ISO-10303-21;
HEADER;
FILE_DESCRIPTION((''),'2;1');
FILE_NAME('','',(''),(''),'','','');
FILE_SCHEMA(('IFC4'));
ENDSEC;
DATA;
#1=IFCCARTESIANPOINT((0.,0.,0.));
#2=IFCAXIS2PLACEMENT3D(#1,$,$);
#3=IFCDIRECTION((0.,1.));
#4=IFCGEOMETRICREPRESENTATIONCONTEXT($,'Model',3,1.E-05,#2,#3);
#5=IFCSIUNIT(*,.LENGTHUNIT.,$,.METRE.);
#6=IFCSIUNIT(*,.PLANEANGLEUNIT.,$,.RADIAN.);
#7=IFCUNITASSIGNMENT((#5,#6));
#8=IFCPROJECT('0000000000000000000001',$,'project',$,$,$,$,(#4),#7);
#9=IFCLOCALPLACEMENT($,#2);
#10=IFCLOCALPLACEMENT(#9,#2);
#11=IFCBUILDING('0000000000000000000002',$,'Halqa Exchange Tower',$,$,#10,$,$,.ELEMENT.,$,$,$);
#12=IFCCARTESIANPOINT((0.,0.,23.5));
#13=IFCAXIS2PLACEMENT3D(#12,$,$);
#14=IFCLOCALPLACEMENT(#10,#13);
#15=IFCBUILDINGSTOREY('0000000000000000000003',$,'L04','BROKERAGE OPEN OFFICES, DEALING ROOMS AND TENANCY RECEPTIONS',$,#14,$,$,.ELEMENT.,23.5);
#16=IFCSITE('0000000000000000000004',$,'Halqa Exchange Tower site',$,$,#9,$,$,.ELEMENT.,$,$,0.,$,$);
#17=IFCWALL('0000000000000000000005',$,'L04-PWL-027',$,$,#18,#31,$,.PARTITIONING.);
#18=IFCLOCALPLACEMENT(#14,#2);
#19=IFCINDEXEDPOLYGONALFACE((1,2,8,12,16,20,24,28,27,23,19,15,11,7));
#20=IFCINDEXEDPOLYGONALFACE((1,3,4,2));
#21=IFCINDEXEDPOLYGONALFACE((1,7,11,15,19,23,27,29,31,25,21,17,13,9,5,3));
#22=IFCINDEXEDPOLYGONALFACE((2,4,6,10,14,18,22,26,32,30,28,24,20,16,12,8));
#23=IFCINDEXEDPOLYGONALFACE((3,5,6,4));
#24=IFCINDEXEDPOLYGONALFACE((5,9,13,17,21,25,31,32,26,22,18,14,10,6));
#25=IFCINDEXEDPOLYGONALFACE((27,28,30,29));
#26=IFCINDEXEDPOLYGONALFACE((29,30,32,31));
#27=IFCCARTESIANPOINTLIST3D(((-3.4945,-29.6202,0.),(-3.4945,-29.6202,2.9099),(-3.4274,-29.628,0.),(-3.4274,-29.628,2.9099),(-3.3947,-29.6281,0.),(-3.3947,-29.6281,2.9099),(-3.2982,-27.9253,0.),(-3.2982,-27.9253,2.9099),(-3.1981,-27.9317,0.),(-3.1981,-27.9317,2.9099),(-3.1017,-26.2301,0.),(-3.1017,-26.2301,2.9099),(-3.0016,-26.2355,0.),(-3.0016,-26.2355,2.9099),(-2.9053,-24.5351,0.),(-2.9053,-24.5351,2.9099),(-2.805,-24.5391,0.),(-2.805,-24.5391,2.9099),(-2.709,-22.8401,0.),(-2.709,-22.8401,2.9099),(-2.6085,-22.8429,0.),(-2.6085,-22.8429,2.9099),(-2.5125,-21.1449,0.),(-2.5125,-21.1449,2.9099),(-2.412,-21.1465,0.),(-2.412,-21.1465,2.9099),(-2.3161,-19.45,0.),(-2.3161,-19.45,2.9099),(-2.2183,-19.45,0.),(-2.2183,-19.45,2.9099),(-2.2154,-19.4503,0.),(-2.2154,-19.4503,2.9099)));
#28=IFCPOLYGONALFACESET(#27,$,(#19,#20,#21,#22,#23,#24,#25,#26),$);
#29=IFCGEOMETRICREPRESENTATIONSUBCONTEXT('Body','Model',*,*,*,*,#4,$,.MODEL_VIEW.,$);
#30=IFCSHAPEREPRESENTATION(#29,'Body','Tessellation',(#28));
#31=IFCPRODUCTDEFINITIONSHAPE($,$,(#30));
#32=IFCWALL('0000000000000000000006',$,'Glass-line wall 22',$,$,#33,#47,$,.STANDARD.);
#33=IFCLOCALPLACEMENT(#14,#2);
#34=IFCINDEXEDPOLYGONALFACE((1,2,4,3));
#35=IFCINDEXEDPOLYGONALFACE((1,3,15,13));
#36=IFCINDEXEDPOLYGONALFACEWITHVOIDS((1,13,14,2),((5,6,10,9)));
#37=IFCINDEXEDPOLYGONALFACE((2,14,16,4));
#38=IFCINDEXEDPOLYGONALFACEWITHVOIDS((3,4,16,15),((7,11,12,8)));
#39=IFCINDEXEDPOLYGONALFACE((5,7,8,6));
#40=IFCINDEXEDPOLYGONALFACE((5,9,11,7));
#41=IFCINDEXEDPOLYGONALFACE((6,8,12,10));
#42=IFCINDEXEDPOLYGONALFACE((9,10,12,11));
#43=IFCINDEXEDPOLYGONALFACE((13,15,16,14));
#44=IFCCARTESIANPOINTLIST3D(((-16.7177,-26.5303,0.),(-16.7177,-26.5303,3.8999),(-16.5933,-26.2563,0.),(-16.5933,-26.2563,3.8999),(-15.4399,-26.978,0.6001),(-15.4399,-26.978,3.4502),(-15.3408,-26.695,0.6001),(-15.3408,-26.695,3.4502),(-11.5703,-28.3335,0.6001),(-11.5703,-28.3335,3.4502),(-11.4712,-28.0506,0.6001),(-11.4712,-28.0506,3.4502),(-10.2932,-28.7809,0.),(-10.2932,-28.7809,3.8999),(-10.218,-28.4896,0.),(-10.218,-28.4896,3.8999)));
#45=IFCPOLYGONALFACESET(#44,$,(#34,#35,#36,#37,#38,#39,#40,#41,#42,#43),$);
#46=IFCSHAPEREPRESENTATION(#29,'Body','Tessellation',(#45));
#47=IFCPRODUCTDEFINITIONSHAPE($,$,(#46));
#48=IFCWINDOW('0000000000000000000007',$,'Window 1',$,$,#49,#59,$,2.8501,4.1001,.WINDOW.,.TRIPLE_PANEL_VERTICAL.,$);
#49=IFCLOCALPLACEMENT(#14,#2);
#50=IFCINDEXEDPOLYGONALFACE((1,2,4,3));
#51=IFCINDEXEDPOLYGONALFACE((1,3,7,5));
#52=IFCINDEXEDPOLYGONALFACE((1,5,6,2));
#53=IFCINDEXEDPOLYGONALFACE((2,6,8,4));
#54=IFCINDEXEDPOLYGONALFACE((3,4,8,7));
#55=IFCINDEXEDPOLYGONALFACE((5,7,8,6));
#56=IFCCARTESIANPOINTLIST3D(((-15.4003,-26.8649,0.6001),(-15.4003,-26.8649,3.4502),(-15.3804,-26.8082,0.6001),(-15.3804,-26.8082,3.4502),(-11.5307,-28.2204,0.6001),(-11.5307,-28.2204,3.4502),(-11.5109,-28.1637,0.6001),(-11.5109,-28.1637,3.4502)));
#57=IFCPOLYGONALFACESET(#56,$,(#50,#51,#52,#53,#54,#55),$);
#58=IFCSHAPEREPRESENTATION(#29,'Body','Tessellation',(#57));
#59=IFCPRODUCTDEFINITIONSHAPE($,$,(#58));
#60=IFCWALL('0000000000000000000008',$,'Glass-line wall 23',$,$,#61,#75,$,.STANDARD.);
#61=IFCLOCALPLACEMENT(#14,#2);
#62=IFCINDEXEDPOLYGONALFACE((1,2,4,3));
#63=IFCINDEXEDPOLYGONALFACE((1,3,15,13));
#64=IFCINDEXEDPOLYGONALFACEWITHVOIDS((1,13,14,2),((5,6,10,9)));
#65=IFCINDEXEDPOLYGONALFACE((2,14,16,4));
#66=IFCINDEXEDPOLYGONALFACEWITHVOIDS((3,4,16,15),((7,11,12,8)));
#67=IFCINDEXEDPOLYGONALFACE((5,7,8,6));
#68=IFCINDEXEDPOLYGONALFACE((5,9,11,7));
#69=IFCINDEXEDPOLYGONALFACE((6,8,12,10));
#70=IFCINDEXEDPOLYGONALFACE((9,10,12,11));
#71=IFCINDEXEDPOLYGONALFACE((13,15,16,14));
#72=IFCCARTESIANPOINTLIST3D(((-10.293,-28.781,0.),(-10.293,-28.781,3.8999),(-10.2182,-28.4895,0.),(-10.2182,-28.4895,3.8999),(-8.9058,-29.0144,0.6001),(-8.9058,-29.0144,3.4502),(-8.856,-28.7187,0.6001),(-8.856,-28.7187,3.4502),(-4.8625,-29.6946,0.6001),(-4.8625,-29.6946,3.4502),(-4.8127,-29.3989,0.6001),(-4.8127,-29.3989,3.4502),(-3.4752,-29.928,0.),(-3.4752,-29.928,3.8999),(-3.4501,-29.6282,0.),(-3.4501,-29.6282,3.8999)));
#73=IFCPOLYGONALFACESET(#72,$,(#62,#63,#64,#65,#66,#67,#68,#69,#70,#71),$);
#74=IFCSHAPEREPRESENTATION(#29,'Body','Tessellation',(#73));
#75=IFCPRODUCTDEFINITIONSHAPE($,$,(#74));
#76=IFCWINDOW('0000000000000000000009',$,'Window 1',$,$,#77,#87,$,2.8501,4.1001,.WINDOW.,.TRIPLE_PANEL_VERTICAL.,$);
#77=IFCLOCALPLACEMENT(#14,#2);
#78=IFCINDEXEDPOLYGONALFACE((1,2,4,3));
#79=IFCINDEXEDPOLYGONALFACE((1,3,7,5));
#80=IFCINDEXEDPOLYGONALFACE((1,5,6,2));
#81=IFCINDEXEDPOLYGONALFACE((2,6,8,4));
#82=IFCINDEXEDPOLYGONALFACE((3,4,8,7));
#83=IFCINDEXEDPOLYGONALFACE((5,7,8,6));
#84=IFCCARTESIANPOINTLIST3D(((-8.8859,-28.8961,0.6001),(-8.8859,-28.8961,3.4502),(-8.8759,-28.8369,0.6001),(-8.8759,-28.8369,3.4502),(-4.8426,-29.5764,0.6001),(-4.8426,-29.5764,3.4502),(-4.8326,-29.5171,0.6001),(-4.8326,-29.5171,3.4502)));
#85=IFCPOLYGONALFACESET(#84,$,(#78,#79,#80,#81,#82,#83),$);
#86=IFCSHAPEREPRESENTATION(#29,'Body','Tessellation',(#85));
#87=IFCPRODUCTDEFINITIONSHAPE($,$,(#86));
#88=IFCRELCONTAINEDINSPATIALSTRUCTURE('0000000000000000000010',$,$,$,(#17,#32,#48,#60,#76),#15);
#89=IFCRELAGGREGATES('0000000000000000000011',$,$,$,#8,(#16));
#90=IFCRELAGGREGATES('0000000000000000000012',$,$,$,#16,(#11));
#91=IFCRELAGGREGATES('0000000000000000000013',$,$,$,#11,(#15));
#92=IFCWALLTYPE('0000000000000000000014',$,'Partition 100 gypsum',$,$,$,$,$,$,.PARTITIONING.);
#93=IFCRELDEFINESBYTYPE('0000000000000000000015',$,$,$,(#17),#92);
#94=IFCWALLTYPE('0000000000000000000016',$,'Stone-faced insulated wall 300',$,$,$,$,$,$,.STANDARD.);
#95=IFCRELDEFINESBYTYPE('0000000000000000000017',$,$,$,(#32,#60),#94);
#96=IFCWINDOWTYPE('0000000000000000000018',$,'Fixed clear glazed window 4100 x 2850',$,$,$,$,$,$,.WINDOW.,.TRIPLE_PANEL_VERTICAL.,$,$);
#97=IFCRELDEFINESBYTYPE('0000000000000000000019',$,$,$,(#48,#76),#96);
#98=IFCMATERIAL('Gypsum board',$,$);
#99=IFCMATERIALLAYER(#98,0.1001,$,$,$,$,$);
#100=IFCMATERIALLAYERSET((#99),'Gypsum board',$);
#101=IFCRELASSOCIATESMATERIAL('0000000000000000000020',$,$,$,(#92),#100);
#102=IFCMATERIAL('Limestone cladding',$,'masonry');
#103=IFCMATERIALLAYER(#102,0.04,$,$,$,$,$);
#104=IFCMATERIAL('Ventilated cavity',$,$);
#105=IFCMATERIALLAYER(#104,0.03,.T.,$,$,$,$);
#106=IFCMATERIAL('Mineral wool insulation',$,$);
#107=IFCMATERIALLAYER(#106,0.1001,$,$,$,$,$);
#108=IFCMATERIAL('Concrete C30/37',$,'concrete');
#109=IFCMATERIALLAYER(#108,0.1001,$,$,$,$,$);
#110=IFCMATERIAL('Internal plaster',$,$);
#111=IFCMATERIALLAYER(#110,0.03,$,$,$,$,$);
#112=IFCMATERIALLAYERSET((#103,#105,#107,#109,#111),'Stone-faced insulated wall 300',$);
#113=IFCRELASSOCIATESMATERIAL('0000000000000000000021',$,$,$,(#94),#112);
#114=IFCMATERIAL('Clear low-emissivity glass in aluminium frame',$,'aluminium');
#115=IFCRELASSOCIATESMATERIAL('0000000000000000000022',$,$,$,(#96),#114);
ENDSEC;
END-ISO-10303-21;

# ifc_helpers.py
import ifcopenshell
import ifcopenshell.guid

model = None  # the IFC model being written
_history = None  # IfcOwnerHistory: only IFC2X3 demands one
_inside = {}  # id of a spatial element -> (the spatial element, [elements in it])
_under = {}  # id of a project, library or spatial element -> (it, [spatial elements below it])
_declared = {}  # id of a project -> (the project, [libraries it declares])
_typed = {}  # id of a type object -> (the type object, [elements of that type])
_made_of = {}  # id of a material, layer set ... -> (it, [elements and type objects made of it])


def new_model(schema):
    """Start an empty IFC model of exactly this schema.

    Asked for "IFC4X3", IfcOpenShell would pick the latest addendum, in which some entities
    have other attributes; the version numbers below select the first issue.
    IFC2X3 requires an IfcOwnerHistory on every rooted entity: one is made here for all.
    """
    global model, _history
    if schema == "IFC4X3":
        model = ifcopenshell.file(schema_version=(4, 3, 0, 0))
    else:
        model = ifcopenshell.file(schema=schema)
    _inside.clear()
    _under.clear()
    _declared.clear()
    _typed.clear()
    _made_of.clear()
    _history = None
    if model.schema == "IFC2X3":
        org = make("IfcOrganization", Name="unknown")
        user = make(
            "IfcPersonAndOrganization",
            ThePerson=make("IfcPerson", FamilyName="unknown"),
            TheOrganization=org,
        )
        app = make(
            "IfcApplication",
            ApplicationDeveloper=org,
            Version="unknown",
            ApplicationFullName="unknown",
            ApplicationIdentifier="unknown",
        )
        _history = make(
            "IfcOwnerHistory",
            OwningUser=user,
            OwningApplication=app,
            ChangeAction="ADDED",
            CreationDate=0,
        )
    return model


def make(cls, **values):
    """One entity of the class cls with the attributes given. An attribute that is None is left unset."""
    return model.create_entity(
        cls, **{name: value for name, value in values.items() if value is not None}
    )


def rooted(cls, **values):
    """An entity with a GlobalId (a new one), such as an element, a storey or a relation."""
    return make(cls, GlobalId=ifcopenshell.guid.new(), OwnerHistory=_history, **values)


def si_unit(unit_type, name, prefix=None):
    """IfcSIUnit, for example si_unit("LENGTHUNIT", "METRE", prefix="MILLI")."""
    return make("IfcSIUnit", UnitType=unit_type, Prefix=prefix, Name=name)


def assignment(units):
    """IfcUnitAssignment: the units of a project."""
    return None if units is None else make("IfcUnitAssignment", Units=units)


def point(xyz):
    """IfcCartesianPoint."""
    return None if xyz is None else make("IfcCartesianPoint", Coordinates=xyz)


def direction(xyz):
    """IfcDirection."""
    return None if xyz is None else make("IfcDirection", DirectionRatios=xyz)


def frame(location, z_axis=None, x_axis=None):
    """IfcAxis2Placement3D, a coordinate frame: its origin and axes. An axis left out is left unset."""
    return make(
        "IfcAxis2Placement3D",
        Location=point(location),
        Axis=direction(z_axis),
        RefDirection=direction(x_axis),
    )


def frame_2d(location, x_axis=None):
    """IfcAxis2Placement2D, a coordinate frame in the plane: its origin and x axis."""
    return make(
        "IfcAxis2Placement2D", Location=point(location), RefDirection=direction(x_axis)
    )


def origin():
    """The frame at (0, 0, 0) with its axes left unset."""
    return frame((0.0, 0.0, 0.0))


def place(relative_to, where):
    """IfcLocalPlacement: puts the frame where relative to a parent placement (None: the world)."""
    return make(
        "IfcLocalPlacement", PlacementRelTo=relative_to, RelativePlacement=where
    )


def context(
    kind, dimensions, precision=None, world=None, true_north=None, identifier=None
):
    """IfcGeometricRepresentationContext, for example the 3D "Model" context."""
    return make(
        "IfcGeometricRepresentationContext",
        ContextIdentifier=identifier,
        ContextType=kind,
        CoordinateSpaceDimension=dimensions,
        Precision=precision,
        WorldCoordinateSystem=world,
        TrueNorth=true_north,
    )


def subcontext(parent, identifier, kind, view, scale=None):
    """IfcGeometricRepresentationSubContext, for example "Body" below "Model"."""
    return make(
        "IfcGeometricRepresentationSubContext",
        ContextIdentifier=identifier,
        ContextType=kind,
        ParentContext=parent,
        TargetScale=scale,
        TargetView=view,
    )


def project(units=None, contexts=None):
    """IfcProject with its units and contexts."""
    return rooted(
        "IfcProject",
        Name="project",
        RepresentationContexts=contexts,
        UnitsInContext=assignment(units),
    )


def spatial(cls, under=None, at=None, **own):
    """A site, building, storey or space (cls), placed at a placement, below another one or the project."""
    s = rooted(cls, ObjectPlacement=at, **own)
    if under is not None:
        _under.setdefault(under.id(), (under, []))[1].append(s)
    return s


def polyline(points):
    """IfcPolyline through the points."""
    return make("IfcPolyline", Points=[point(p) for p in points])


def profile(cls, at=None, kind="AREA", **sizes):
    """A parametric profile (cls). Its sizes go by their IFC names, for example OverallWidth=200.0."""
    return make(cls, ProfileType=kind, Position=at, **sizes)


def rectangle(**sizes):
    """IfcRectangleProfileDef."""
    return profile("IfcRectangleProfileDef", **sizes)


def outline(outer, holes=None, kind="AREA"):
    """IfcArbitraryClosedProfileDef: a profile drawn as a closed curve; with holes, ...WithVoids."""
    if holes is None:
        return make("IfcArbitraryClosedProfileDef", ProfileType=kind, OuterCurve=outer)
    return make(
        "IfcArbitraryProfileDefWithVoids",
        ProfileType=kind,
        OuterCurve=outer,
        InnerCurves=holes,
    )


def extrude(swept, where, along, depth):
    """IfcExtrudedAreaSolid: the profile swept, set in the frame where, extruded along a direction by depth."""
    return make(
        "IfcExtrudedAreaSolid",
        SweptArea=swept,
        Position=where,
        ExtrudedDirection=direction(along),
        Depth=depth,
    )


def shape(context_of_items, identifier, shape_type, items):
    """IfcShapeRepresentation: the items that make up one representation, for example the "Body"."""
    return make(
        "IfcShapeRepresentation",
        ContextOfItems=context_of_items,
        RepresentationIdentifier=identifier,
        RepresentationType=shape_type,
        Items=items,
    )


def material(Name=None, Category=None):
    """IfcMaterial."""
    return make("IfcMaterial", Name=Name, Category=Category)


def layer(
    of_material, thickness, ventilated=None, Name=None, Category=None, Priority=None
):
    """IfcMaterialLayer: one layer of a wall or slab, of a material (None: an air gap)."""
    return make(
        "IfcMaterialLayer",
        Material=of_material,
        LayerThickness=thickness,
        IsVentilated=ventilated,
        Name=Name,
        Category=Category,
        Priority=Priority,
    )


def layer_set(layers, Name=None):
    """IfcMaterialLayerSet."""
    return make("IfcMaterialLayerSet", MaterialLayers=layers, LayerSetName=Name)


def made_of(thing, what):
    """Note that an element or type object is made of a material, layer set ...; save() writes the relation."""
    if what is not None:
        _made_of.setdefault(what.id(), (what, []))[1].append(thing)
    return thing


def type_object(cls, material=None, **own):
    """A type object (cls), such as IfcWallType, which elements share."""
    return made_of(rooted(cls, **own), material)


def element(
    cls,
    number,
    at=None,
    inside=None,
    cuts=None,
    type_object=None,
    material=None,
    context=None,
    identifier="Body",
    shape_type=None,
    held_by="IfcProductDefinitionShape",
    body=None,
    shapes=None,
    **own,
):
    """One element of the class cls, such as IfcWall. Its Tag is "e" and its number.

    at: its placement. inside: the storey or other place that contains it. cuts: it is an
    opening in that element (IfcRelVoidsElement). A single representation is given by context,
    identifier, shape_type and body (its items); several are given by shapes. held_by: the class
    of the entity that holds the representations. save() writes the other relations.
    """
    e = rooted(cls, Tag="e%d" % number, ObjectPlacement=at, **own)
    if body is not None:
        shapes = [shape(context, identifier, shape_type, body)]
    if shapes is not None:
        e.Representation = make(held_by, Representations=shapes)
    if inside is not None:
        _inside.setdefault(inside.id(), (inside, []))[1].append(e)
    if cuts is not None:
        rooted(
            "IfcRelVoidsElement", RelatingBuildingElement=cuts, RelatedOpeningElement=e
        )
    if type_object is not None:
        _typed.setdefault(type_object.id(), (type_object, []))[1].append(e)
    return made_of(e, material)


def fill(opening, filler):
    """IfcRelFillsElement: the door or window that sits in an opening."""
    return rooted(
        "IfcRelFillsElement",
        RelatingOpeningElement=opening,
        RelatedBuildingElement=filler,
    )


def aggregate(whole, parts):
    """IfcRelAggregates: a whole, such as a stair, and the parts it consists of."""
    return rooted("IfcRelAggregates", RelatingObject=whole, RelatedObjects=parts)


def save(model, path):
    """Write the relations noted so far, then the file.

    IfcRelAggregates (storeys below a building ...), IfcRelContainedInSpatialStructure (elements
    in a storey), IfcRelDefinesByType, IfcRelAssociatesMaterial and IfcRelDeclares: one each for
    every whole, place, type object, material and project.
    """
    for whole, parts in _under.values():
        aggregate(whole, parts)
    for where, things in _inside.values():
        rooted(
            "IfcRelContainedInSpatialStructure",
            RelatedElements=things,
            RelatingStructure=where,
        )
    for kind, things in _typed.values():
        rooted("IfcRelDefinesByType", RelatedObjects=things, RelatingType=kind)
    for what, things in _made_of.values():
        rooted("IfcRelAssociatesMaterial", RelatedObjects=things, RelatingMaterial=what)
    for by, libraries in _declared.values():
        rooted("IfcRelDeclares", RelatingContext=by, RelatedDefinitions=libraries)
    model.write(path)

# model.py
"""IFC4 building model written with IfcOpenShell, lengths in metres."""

from ifc_helpers import new_model, si_unit, direction, frame, frame_2d, origin, place, context, subcontext, project, spatial, polyline, rectangle, outline, extrude, material, layer, layer_set, type_object, element, fill, save


model = new_model("IFC4")

# Units and contexts
model_context = context("Model", 3, precision=1e-05, world=origin(), true_north=direction((0.0, 1.0)))
body_context = subcontext(model_context, "Body", "Model", "MODEL_VIEW")
ifc_project = project(units=[si_unit("LENGTHUNIT", "METRE"), si_unit("PLANEANGLEUNIT", "RADIAN")], contexts=[model_context])

# Site, building, storey
site_placement = place(None, origin())
site = spatial("IfcSite", under=ifc_project, at=site_placement, Name="Halqa Exchange Tower site", CompositionType="ELEMENT", RefElevation=0.0)
building_placement = place(site_placement, origin())
building = spatial("IfcBuilding", under=site, at=building_placement, Name="Halqa Exchange Tower", CompositionType="ELEMENT")
storey_placement = place(building_placement, frame((0.0, 0.0, 23.5)))
storey = spatial("IfcBuildingStorey", under=building, at=storey_placement, Name="L04", Description="BROKERAGE OPEN OFFICES, DEALING ROOMS AND TENANCY RECEPTIONS", CompositionType="ELEMENT", Elevation=23.5)

# Shared definitions
ifc_material_1 = material(Name="Gypsum board")
ifc_layer_1 = layer(ifc_material_1, 0.1001)
ifc_layer_set_1 = layer_set([ifc_layer_1], Name="Gypsum board")
wall_type_1 = type_object("IfcWallType", Name="Partition 100 gypsum", PredefinedType="PARTITIONING", material=ifc_layer_set_1)

# Wall
wall_1_placement = place(storey_placement, frame((-3.4448, -29.626, 0.0), z_axis=(0.0, 0.0, 1.0), x_axis=(0.115097, 0.993354, 0.0)))
element("IfcWall", 1, at=wall_1_placement, inside=storey, type_object=wall_type_1, Name="L04-PWL-027", PredefinedType="PARTITIONING", context=body_context, shape_type="SweptSolid", body=[
    extrude(outline(polyline([(10.2495, -0.05), (10.2495, -0.0471), (10.2383, 0.05), (8.532, 0.05), (6.8254, 0.05), (5.1191, 0.05), (3.4128, 0.05), (1.7063, 0.05), (0.0, 0.05), (0.0, -0.0176), (0.0037, -0.05), (1.7114, -0.05), (3.4189, -0.05), (5.1267, -0.05), (6.8342, -0.05), (8.542, -0.05), (10.2495, -0.05)])), origin(), (0.0, 0.0, 1.0), 2.9099),
])

# Walls, openings, windows
ifc_material_2 = material(Name="Limestone cladding", Category="masonry")
ifc_layer_2 = layer(ifc_material_2, 0.04)
ifc_material_3 = material(Name="Ventilated cavity")
ifc_layer_3 = layer(ifc_material_3, 0.03, ventilated=True)
ifc_material_4 = material(Name="Mineral wool insulation")
ifc_layer_4 = layer(ifc_material_4, 0.1001)
ifc_material_5 = material(Name="Concrete C30/37", Category="concrete")
ifc_layer_5 = layer(ifc_material_5, 0.1001)
ifc_material_6 = material(Name="Internal plaster")
ifc_layer_6 = layer(ifc_material_6, 0.03)
ifc_layer_set_2 = layer_set([ifc_layer_2, ifc_layer_3, ifc_layer_4, ifc_layer_5, ifc_layer_6], Name="Stone-faced insulated wall 300")
wall_type_2 = type_object("IfcWallType", Name="Stone-faced insulated wall 300", PredefinedType="STANDARD", material=ifc_layer_set_2)
wall_2_placement = place(storey_placement, frame((-16.6555, -26.3933, 0.0), z_axis=(0.0, 0.0, 1.0), x_axis=(0.943767, -0.33061, 0.0)))
wall_2 = element("IfcWall", 2, at=wall_2_placement, inside=storey, type_object=wall_type_2, Name="Glass-line wall 22", PredefinedType="STANDARD", context=body_context, shape_type="SweptSolid", body=[
    extrude(outline(polyline([(-0.0134, -0.1499), (6.7939, -0.1499), (6.7686, 0.1499), (0.0134, 0.1499), (-0.0134, -0.1499)])), origin(), (0.0, 0.0, 1.0), 3.8999),
])
opening_1_placement = place(wall_2_placement, frame((1.3406, 0.0, 0.6001)))
opening_1 = element("IfcOpeningElement", 3, at=opening_1_placement, cuts=wall_2, PredefinedType="OPENING", context=body_context, shape_type="SweptSolid", body=[
    extrude(rectangle(XDim=4.1001, YDim=2.8501, at=frame_2d((2.05, 1.425))), frame((0.0, 0.1621, 0.0), z_axis=(0.0, -1.0, 0.0), x_axis=(1.0, 0.0, 0.0)), (0.0, 0.0, 1.0), 0.324),
])
ifc_material_7 = material(Name="Clear low-emissivity glass in aluminium frame", Category="aluminium")
window_type = type_object("IfcWindowType", Name="Fixed clear glazed window 4100 x 2850", PartitioningType="TRIPLE_PANEL_VERTICAL", PredefinedType="WINDOW", material=ifc_material_7)
window_1_placement = place(opening_1_placement, origin())
window_1 = element("IfcWindow", 4, at=window_1_placement, inside=storey, type_object=window_type, Name="Window 1", OverallHeight=2.8501, OverallWidth=4.1001, PartitioningType="TRIPLE_PANEL_VERTICAL", PredefinedType="WINDOW", context=body_context, shape_type="SweptSolid", body=[
    extrude(rectangle(XDim=4.1001, YDim=2.8501, at=frame_2d((2.05, 1.425))), frame((0.0, 0.03, 0.0), z_axis=(0.0, -1.0, 0.0), x_axis=(1.0, 0.0, 0.0)), (0.0, 0.0, 1.0), 0.0601),
])
fill(opening_1, window_1)
wall_3_placement = place(storey_placement, frame((-10.2556, -28.6353, 0.0), z_axis=(0.0, 0.0, 1.0), x_axis=(0.986142, -0.165905, 0.0)))
wall_3 = element("IfcWall", 5, at=wall_3_placement, inside=storey, type_object=wall_type_2, Name="Glass-line wall 23", PredefinedType="STANDARD", context=body_context, shape_type="SweptSolid", body=[
    extrude(outline(polyline([(-0.0127, -0.1499), (6.9009, -0.1499), (6.876, 0.1499), (0.0127, 0.1499), (-0.0127, -0.1499)])), origin(), (0.0, 0.0, 1.0), 3.8999),
])
opening_2_placement = place(wall_3_placement, frame((1.394, 0.0, 0.6001)))
opening_2 = element("IfcOpeningElement", 6, at=opening_2_placement, cuts=wall_3, PredefinedType="OPENING", context=body_context, shape_type="SweptSolid", body=[
    extrude(rectangle(XDim=4.1001, YDim=2.8501, at=frame_2d((2.05, 1.425))), frame((0.0, 0.1621, 0.0), z_axis=(0.0, -1.0, 0.0), x_axis=(1.0, 0.0, 0.0)), (0.0, 0.0, 1.0), 0.324),
])
window_2_placement = place(opening_2_placement, origin())
window_2 = element("IfcWindow", 7, at=window_2_placement, inside=storey, type_object=window_type, Name="Window 1", OverallHeight=2.8501, OverallWidth=4.1001, PartitioningType="TRIPLE_PANEL_VERTICAL", PredefinedType="WINDOW", context=body_context, shape_type="SweptSolid", body=[
    extrude(rectangle(XDim=4.1001, YDim=2.8501, at=frame_2d((2.05, 1.425))), frame((0.0, 0.03, 0.0), z_axis=(0.0, -1.0, 0.0), x_axis=(1.0, 0.0, 0.0)), (0.0, 0.0, 1.0), 0.0601),
])
fill(opening_2, window_2)

save(model, "model.ifc")
